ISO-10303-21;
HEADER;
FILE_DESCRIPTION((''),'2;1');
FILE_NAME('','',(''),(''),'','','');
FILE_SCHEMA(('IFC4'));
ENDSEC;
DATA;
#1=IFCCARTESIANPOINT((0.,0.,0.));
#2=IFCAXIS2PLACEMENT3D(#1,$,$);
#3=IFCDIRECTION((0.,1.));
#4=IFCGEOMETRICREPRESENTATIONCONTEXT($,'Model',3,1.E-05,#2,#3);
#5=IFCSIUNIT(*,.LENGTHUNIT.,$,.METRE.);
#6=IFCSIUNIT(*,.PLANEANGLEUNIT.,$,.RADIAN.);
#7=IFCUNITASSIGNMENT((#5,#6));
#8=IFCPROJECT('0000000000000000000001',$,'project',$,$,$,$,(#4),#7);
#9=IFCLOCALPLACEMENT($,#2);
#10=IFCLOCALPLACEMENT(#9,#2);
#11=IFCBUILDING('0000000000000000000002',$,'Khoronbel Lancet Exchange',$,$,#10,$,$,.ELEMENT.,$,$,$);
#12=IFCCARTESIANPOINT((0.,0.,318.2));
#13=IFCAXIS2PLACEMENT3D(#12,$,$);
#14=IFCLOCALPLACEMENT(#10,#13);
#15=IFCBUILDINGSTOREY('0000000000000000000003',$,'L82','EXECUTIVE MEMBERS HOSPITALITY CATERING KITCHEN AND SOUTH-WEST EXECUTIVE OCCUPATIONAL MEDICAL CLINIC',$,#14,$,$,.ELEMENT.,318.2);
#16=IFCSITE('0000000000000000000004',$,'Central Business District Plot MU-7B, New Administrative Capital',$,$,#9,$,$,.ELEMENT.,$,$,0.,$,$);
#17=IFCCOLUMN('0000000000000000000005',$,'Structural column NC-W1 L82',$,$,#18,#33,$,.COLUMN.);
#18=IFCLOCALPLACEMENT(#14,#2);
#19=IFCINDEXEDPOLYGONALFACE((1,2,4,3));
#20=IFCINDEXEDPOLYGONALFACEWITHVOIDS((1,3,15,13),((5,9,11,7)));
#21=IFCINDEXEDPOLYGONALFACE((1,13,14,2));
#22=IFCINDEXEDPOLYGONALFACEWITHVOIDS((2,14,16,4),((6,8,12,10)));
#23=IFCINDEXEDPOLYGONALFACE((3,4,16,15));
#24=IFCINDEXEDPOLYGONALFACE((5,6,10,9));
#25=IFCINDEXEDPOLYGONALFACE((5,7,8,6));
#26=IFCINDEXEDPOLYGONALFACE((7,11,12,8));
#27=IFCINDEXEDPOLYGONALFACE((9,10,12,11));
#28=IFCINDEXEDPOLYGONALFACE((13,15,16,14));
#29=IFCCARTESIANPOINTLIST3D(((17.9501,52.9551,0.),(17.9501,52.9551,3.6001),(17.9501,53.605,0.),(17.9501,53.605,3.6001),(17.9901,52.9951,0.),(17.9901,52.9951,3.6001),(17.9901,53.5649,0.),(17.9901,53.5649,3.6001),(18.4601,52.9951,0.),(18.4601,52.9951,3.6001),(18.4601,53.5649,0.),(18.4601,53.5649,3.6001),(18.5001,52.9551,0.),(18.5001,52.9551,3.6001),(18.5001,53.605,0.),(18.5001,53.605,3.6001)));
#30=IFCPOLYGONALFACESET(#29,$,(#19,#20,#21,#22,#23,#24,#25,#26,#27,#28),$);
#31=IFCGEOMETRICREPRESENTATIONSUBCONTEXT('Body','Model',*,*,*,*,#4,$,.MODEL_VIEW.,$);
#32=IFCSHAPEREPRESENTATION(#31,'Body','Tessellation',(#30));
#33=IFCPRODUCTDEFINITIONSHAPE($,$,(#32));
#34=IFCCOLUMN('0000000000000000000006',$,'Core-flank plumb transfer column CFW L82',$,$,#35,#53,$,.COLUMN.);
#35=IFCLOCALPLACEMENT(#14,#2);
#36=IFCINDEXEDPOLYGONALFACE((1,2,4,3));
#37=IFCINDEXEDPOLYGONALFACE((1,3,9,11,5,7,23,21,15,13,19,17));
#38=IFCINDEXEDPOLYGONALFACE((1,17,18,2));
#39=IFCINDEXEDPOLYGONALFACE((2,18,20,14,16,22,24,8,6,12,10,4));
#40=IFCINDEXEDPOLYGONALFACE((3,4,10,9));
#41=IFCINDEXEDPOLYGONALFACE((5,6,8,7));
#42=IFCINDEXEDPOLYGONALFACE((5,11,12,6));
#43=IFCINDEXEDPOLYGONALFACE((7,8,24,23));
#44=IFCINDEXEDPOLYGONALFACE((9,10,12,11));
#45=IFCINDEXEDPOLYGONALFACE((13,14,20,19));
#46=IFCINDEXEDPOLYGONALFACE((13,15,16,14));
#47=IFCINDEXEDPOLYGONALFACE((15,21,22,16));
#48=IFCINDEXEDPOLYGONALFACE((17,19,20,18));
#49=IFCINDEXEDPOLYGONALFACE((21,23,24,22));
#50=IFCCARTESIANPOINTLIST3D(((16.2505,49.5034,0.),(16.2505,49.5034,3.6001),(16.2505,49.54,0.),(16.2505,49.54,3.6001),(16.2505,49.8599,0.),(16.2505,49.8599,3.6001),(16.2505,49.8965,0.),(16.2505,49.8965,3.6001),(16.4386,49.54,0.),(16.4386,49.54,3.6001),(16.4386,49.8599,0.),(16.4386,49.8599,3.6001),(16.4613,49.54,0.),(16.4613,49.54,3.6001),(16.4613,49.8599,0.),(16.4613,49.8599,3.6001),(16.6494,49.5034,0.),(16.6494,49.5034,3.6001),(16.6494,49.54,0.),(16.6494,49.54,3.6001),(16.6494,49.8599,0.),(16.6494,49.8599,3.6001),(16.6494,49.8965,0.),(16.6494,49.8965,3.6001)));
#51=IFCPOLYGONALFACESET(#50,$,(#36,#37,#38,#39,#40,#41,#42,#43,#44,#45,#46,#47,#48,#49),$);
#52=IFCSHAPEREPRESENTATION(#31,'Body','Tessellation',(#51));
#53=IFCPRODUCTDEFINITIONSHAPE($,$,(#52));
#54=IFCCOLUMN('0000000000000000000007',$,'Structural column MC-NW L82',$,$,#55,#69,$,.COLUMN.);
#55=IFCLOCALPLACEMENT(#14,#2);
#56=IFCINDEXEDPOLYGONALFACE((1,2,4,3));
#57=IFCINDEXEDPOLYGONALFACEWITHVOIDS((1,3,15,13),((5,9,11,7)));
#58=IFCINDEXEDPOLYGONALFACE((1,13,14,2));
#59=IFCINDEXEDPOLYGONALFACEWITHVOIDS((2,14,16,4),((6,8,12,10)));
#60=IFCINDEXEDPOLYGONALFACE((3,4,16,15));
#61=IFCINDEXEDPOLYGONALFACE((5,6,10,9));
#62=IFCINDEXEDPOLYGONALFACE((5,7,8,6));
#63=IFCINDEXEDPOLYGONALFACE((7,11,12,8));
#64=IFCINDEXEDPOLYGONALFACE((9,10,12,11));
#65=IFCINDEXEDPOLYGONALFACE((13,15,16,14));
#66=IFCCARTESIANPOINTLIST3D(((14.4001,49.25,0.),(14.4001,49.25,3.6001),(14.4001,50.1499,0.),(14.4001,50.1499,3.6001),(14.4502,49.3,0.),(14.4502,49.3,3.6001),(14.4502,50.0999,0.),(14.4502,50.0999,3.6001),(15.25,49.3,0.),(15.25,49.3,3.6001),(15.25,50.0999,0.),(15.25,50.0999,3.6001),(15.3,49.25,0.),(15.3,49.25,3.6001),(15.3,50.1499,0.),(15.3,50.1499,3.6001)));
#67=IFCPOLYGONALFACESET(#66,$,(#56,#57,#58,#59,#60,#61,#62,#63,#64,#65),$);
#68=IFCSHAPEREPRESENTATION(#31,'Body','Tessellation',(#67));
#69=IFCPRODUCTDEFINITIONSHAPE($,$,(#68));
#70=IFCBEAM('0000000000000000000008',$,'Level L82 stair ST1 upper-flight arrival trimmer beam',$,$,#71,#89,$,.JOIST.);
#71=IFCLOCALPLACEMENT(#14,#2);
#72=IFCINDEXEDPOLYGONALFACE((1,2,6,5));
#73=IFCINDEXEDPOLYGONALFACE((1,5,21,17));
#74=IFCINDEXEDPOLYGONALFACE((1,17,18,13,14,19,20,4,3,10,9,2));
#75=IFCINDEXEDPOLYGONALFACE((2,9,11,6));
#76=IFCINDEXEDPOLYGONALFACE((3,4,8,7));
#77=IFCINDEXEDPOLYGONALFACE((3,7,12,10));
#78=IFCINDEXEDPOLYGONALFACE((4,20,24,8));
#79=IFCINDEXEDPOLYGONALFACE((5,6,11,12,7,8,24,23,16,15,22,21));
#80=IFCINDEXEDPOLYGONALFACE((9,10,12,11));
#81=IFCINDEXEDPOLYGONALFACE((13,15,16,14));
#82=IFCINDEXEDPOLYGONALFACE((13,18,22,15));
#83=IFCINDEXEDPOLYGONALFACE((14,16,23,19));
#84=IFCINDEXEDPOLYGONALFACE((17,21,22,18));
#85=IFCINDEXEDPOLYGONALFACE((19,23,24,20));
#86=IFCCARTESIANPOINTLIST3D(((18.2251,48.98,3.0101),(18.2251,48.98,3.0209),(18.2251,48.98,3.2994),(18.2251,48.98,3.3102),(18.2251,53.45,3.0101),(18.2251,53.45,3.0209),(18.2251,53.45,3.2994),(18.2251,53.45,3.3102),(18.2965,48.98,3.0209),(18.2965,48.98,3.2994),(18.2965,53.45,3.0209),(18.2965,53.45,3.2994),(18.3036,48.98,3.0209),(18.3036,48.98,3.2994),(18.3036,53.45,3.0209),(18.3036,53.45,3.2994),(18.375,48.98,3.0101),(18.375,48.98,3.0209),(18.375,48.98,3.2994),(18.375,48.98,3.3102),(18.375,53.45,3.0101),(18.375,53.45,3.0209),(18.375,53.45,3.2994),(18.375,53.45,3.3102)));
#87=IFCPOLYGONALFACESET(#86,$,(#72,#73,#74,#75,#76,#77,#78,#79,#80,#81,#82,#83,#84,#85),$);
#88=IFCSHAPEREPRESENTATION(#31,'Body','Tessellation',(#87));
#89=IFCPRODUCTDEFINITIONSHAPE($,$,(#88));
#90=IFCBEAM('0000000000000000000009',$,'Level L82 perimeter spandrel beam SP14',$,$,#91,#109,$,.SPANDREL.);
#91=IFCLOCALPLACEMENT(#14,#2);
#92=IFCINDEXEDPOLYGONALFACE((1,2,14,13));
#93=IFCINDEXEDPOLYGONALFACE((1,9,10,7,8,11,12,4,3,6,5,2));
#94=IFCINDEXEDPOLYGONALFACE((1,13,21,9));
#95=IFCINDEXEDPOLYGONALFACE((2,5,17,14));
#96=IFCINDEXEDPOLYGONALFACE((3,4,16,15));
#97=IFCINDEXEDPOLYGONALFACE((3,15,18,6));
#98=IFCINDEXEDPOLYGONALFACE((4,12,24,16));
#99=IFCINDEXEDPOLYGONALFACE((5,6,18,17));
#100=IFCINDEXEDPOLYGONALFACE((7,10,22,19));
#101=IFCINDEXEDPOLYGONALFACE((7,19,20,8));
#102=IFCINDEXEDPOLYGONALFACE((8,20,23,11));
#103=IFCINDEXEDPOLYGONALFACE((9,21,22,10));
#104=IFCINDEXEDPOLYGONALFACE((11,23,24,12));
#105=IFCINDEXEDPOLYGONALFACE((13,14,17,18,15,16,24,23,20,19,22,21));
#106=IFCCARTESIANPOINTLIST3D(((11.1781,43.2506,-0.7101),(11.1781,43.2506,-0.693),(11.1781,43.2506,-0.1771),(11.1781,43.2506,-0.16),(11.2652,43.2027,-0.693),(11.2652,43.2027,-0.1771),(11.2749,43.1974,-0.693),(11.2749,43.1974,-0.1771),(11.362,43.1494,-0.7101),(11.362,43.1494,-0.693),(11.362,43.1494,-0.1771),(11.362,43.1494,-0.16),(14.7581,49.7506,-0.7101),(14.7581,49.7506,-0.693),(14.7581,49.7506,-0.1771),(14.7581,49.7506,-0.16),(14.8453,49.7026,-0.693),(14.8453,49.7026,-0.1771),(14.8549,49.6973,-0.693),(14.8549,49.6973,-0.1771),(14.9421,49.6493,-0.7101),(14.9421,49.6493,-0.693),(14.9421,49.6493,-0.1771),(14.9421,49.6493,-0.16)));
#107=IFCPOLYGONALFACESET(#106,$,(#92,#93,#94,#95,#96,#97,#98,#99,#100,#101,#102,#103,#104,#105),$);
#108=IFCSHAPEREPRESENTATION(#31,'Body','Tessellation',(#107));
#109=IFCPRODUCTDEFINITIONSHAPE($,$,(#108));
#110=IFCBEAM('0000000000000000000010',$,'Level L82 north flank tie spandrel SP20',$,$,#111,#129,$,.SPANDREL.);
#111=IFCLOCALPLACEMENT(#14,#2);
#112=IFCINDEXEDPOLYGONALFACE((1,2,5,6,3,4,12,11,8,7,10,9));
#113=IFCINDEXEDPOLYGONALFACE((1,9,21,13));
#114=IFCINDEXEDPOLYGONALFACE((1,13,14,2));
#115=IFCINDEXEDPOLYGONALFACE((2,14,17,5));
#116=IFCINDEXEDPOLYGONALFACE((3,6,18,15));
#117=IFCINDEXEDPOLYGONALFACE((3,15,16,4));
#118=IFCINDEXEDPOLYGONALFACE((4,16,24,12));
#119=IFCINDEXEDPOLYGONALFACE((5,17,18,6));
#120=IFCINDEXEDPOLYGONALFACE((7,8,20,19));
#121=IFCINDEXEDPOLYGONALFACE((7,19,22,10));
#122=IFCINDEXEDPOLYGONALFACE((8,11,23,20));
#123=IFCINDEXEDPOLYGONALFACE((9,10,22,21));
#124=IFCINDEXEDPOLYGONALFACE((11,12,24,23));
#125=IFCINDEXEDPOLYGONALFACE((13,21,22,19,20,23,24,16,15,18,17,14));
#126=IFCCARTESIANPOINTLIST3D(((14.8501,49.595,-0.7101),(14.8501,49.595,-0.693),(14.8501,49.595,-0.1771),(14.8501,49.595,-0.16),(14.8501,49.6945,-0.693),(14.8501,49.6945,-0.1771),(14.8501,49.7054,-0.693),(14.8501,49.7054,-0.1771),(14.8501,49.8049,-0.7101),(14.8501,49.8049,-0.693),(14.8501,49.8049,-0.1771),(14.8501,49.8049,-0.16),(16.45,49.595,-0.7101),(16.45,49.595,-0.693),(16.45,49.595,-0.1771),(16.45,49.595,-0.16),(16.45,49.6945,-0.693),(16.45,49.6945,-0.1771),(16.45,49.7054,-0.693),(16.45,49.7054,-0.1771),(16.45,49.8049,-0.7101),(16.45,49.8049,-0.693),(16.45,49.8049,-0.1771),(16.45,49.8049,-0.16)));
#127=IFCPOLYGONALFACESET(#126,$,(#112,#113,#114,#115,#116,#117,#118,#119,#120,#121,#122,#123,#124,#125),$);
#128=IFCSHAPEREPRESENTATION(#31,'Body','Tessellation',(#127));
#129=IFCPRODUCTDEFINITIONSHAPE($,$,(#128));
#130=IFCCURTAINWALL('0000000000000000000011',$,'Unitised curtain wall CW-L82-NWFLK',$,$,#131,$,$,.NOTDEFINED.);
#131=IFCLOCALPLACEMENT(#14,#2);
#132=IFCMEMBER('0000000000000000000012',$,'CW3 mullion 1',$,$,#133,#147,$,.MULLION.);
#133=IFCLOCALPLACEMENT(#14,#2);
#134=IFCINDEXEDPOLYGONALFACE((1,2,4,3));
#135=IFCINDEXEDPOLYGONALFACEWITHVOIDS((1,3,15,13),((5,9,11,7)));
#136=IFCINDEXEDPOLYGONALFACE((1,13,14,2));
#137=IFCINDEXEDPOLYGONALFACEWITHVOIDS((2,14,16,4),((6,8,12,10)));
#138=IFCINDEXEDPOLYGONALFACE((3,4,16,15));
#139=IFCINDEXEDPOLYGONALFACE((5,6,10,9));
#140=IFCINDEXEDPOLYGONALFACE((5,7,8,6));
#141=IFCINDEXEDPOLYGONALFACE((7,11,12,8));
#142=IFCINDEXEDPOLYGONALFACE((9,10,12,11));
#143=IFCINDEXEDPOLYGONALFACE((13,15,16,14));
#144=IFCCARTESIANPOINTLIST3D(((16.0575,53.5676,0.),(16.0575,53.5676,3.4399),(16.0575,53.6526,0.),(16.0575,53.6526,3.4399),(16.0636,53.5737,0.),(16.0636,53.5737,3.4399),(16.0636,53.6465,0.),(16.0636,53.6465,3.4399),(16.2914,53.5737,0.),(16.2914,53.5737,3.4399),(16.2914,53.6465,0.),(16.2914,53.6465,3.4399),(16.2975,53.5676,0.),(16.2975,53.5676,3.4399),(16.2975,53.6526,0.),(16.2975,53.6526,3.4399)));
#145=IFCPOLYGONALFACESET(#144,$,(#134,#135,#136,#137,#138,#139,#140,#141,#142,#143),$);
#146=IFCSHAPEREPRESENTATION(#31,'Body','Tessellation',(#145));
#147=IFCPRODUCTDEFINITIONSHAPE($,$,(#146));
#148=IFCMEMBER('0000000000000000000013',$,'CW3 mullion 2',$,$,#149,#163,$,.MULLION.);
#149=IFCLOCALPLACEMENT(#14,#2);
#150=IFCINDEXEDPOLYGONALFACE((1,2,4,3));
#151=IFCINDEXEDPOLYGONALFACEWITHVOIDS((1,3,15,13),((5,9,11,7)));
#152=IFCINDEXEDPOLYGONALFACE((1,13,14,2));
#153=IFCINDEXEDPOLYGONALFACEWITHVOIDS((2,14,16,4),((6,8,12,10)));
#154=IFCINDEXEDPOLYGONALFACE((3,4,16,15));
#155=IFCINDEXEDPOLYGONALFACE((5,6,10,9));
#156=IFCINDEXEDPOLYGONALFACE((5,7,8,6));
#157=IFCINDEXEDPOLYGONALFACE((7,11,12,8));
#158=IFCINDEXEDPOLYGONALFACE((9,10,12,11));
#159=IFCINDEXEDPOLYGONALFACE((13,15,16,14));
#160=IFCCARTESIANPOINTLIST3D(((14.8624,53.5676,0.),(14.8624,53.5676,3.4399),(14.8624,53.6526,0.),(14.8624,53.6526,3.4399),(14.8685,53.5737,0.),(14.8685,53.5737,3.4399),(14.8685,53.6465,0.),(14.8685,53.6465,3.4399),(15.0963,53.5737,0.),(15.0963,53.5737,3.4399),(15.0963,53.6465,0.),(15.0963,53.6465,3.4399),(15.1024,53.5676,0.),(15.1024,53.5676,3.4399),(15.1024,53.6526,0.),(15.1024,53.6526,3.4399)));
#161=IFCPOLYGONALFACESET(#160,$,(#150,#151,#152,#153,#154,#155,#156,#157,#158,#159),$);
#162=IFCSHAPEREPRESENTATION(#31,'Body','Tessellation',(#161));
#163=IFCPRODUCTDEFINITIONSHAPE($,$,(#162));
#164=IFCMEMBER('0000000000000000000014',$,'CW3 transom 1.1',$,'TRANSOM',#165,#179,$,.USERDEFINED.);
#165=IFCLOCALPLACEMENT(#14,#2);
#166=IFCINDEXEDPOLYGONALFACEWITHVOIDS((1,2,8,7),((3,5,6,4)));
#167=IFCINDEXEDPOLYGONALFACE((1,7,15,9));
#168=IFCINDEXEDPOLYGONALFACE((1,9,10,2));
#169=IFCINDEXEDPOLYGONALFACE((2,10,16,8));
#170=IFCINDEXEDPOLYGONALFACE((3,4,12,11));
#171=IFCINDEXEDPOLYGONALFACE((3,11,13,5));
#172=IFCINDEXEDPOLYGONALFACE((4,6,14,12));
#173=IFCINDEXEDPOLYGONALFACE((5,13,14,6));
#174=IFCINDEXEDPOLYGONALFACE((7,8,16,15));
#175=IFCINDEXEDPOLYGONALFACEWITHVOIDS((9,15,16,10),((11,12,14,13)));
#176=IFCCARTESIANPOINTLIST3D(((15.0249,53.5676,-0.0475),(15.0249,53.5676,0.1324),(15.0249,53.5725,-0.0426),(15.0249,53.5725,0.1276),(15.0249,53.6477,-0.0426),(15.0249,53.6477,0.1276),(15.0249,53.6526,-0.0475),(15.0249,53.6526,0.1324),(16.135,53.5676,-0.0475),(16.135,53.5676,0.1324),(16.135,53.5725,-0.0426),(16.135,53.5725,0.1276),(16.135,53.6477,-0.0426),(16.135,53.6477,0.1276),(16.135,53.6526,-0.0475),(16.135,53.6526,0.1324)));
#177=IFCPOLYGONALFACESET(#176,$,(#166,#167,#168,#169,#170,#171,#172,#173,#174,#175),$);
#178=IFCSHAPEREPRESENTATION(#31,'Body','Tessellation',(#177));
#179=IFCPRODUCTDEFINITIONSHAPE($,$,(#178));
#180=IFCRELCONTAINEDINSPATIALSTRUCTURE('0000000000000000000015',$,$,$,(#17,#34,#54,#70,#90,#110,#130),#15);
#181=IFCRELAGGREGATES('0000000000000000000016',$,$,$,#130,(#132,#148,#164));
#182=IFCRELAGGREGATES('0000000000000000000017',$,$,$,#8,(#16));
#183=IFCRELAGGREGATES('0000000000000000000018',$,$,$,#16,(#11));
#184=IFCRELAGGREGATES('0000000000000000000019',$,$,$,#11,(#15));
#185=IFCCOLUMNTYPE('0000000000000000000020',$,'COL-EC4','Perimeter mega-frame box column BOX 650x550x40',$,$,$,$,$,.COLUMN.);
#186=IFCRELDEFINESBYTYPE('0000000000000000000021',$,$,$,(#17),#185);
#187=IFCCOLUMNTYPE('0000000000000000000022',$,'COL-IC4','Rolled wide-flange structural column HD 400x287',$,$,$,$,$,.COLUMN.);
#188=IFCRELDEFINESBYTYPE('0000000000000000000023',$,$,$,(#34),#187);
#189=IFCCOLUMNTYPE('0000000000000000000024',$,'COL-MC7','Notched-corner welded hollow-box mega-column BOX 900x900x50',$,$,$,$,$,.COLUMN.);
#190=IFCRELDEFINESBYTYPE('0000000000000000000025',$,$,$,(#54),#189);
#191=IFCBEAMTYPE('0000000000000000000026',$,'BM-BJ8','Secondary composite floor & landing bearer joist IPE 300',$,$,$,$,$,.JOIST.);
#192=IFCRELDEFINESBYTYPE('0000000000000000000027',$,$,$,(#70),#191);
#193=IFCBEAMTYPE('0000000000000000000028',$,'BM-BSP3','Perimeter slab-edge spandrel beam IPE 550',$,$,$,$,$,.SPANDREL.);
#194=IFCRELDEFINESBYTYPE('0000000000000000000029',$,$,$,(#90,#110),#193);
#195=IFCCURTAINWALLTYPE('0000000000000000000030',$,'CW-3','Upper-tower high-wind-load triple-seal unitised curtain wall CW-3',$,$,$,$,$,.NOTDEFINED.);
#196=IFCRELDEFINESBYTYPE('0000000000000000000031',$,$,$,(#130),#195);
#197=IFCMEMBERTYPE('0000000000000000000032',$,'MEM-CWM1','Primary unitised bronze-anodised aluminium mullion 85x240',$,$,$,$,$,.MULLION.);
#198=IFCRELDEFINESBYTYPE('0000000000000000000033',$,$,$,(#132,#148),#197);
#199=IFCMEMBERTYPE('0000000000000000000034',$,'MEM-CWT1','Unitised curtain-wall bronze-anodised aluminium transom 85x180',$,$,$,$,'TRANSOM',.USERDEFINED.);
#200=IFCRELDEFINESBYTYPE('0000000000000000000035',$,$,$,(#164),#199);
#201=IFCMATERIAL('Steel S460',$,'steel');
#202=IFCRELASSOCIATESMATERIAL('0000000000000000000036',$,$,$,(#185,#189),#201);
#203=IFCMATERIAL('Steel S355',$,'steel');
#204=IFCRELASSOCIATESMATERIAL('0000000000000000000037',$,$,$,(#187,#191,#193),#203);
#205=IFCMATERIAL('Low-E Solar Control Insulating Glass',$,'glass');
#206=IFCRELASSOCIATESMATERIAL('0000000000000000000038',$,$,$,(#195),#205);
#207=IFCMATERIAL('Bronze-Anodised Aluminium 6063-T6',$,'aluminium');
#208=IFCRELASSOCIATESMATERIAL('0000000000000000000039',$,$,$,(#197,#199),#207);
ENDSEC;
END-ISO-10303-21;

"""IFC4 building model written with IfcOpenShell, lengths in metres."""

from ifc_helpers import new_model, si_unit, direction, frame, origin, origin_2d, place, context, subcontext, project, spatial, hollow_rectangle, i_section, extrude, material, material_profile, profile_set, type_object, element, aggregate, save


model = new_model("IFC4")

# Units and contexts
model_context = context("Model", 3, precision=1e-05, world=origin(), true_north=direction((0.0, 1.0)))
body_context = subcontext(model_context, "Body", "Model", "MODEL_VIEW")
ifc_project = project(units=[si_unit("LENGTHUNIT", "METRE"), si_unit("PLANEANGLEUNIT", "RADIAN")], contexts=[model_context])

# Site, building, storey
site_placement = place(None, origin())
site = spatial("IfcSite", under=ifc_project, at=site_placement, Name="Central Business District Plot MU-7B, New Administrative Capital", CompositionType="ELEMENT", RefElevation=0.0)
building_placement = place(site_placement, origin())
building = spatial("IfcBuilding", under=site, at=building_placement, Name="Khoronbel Lancet Exchange", CompositionType="ELEMENT")
storey_placement = place(building_placement, frame((0.0, 0.0, 318.2)))
storey = spatial("IfcBuildingStorey", under=building, at=storey_placement, Name="L82", Description="EXECUTIVE MEMBERS HOSPITALITY CATERING KITCHEN AND SOUTH-WEST EXECUTIVE OCCUPATIONAL MEDICAL CLINIC", CompositionType="ELEMENT", Elevation=318.2)

# Columns
ifc_material_1 = material(Name="Steel S460", Category="steel")
ifc_material_profile_1 = material_profile(ifc_material_1, hollow_rectangle(XDim=0.55, YDim=0.6499, WallThickness=0.04, at=origin_2d()), Name="BOX 650x550x40")
ifc_profile_set_1 = profile_set([ifc_material_profile_1], Name="Steel S460")
column_type_1 = type_object("IfcColumnType", Name="COL-EC4", Description="Perimeter mega-frame box column BOX 650x550x40", PredefinedType="COLUMN", material=ifc_profile_set_1)
column_1_placement = place(storey_placement, frame((18.2251, 53.28, 0.0), z_axis=(0.0, 0.0, 1.0), x_axis=(1.0, 0.0, 0.0)))
element("IfcColumn", 1, at=column_1_placement, inside=storey, type_object=column_type_1, Name="Structural column NC-W1 L82", PredefinedType="COLUMN", context=body_context, shape_type="SweptSolid", body=[
    extrude(hollow_rectangle(XDim=0.55, YDim=0.6499, WallThickness=0.04, at=origin_2d()), origin(), (0.0, 0.0, 1.0), 3.6001),
])
ifc_material_2 = material(Name="Steel S355", Category="steel")
ifc_material_profile_2 = material_profile(ifc_material_2, i_section(OverallWidth=0.3989, OverallDepth=0.3931, WebThickness=0.0227, FlangeThickness=0.0366, at=origin_2d()), Name="HD 400x287")
ifc_profile_set_2 = profile_set([ifc_material_profile_2], Name="Steel S355")
column_type_2 = type_object("IfcColumnType", Name="COL-IC4", Description="Rolled wide-flange structural column HD 400x287", PredefinedType="COLUMN", material=ifc_profile_set_2)
column_2_placement = place(storey_placement, frame((16.45, 49.7, 0.0), z_axis=(0.0, 0.0, 1.0), x_axis=(1.0, 0.0, 0.0)))
element("IfcColumn", 2, at=column_2_placement, inside=storey, type_object=column_type_2, Name="Core-flank plumb transfer column CFW L82", PredefinedType="COLUMN", context=body_context, shape_type="SweptSolid", body=[
    extrude(i_section(OverallWidth=0.3989, OverallDepth=0.3931, WebThickness=0.0227, FlangeThickness=0.0366, at=origin_2d()), origin(), (0.0, 0.0, 1.0), 3.6001),
])
ifc_material_profile_3 = material_profile(ifc_material_1, hollow_rectangle(XDim=0.8999, YDim=0.8999, WallThickness=0.05, at=origin_2d()), Name="BOX 900x900x50")
ifc_profile_set_3 = profile_set([ifc_material_profile_3], Name="Steel S460")
column_type_3 = type_object("IfcColumnType", Name="COL-MC7", Description="Notched-corner welded hollow-box mega-column BOX 900x900x50", PredefinedType="COLUMN", material=ifc_profile_set_3)
column_3_placement = place(storey_placement, frame((14.8501, 49.7, 0.0), z_axis=(0.0, 0.0, 1.0), x_axis=(1.0, 0.0, 0.0)))
element("IfcColumn", 3, at=column_3_placement, inside=storey, type_object=column_type_3, Name="Structural column MC-NW L82", PredefinedType="COLUMN", context=body_context, shape_type="SweptSolid", body=[
    extrude(hollow_rectangle(XDim=0.8999, YDim=0.8999, WallThickness=0.05, at=origin_2d()), origin(), (0.0, 0.0, 1.0), 3.6001),
])

# Beams
ifc_material_profile_4 = material_profile(ifc_material_2, i_section(OverallWidth=0.1499, OverallDepth=0.3, WebThickness=0.0071, FlangeThickness=0.0107, at=origin_2d()), Name="IPE 300")
ifc_profile_set_4 = profile_set([ifc_material_profile_4], Name="Steel S355")
beam_type_1 = type_object("IfcBeamType", Name="BM-BJ8", Description="Secondary composite floor & landing bearer joist IPE 300", PredefinedType="JOIST", material=ifc_profile_set_4)
beam_1_placement = place(storey_placement, frame((18.3, 48.98, 3.1602), z_axis=(0.0, 1.0, 0.0), x_axis=(-1.0, 0.0, 0.0)))
element("IfcBeam", 4, at=beam_1_placement, inside=storey, type_object=beam_type_1, Name="Level L82 stair ST1 upper-flight arrival trimmer beam", PredefinedType="JOIST", context=body_context, shape_type="SweptSolid", body=[
    extrude(i_section(OverallWidth=0.1499, OverallDepth=0.3, WebThickness=0.0071, FlangeThickness=0.0107, at=origin_2d()), origin(), (0.0, 0.0, 1.0), 4.47),
])
ifc_material_profile_5 = material_profile(ifc_material_2, i_section(OverallWidth=0.21, OverallDepth=0.55, WebThickness=0.011, FlangeThickness=0.0171, at=origin_2d()), Name="IPE 550")
ifc_profile_set_5 = profile_set([ifc_material_profile_5], Name="Steel S355")
beam_type_2 = type_object("IfcBeamType", Name="BM-BSP3", Description="Perimeter slab-edge spandrel beam IPE 550", PredefinedType="SPANDREL", material=ifc_profile_set_5)
beam_2_placement = place(storey_placement, frame((14.8501, 49.7, -0.4351), z_axis=(-0.482444, -0.875927, 0.0), x_axis=(0.875927, -0.482444, 0.0)))
element("IfcBeam", 5, at=beam_2_placement, inside=storey, type_object=beam_type_2, Name="Level L82 perimeter spandrel beam SP14", PredefinedType="SPANDREL", context=body_context, shape_type="SweptSolid", body=[
    extrude(i_section(OverallWidth=0.21, OverallDepth=0.55, WebThickness=0.011, FlangeThickness=0.0171, at=origin_2d()), origin(), (0.0, 0.0, 1.0), 7.4207),
])
beam_3_placement = place(storey_placement, frame((14.8501, 49.7, -0.4351), z_axis=(1.0, 0.0, 0.0), x_axis=(0.0, 1.0, 0.0)))
element("IfcBeam", 6, at=beam_3_placement, inside=storey, type_object=beam_type_2, Name="Level L82 north flank tie spandrel SP20", PredefinedType="SPANDREL", context=body_context, shape_type="SweptSolid", body=[
    extrude(i_section(OverallWidth=0.21, OverallDepth=0.55, WebThickness=0.011, FlangeThickness=0.0171, at=origin_2d()), origin(), (0.0, 0.0, 1.0), 1.5999),
])

# Curtain wall, members
ifc_material_3 = material(Name="Low-E Solar Control Insulating Glass", Category="glass")
curtain_wall_type = type_object("IfcCurtainWallType", Name="CW-3", Description="Upper-tower high-wind-load triple-seal unitised curtain wall CW-3", PredefinedType="NOTDEFINED", material=ifc_material_3)
curtain_wall_placement = place(storey_placement, origin())
curtain_wall = element("IfcCurtainWall", 7, at=curtain_wall_placement, inside=storey, type_object=curtain_wall_type, Name="Unitised curtain wall CW-L82-NWFLK", PredefinedType="NOTDEFINED")
ifc_material_4 = material(Name="Bronze-Anodised Aluminium 6063-T6", Category="aluminium")
ifc_material_profile_6 = material_profile(ifc_material_4, hollow_rectangle(XDim=0.085, YDim=0.24, WallThickness=0.0061, at=origin_2d()), Name="ALU MULLION 85x240")
ifc_profile_set_6 = profile_set([ifc_material_profile_6], Name="Bronze-Anodised Aluminium 6063-T6")
member_type_1 = type_object("IfcMemberType", Name="MEM-CWM1", Description="Primary unitised bronze-anodised aluminium mullion 85x240", PredefinedType="MULLION", material=ifc_profile_set_6)
member_1_placement = place(storey_placement, frame((16.1775, 53.6101, 0.0), z_axis=(0.0, 0.0, 1.0), x_axis=(0.0, -1.0, 0.0)))
member_1 = element("IfcMember", 8, at=member_1_placement, type_object=member_type_1, Name="CW3 mullion 1", PredefinedType="MULLION", context=body_context, shape_type="SweptSolid", body=[
    extrude(hollow_rectangle(XDim=0.085, YDim=0.24, WallThickness=0.0061, at=origin_2d()), origin(), (0.0, 0.0, 1.0), 3.4399),
])
member_2_placement = place(storey_placement, frame((14.9824, 53.6101, 0.0), z_axis=(0.0, 0.0, 1.0), x_axis=(0.0, -1.0, 0.0)))
member_2 = element("IfcMember", 9, at=member_2_placement, type_object=member_type_1, Name="CW3 mullion 2", PredefinedType="MULLION", context=body_context, shape_type="SweptSolid", body=[
    extrude(hollow_rectangle(XDim=0.085, YDim=0.24, WallThickness=0.0061, at=origin_2d()), origin(), (0.0, 0.0, 1.0), 3.4399),
])
ifc_material_profile_7 = material_profile(ifc_material_4, hollow_rectangle(XDim=0.085, YDim=0.1799, WallThickness=0.0049, at=origin_2d()), Name="ALU TRANSOM 85x180")
ifc_profile_set_7 = profile_set([ifc_material_profile_7], Name="Bronze-Anodised Aluminium 6063-T6")
member_type_2 = type_object("IfcMemberType", Name="MEM-CWT1", Description="Unitised curtain-wall bronze-anodised aluminium transom 85x180", ElementType="TRANSOM", PredefinedType="USERDEFINED", material=ifc_profile_set_7)
member_3_placement = place(storey_placement, frame((16.135, 53.6101, 0.0425), z_axis=(-1.0, 0.0, 0.0), x_axis=(0.0, -1.0, 0.0)))
member_3 = element("IfcMember", 10, at=member_3_placement, type_object=member_type_2, Name="CW3 transom 1.1", ObjectType="TRANSOM", PredefinedType="USERDEFINED", context=body_context, shape_type="SweptSolid", body=[
    extrude(hollow_rectangle(XDim=0.085, YDim=0.1799, WallThickness=0.0049, at=origin_2d()), origin(), (0.0, 0.0, 1.0), 1.1101),
])
aggregate(curtain_wall, [member_1, member_2, member_3])

save(model, "model.ifc")
